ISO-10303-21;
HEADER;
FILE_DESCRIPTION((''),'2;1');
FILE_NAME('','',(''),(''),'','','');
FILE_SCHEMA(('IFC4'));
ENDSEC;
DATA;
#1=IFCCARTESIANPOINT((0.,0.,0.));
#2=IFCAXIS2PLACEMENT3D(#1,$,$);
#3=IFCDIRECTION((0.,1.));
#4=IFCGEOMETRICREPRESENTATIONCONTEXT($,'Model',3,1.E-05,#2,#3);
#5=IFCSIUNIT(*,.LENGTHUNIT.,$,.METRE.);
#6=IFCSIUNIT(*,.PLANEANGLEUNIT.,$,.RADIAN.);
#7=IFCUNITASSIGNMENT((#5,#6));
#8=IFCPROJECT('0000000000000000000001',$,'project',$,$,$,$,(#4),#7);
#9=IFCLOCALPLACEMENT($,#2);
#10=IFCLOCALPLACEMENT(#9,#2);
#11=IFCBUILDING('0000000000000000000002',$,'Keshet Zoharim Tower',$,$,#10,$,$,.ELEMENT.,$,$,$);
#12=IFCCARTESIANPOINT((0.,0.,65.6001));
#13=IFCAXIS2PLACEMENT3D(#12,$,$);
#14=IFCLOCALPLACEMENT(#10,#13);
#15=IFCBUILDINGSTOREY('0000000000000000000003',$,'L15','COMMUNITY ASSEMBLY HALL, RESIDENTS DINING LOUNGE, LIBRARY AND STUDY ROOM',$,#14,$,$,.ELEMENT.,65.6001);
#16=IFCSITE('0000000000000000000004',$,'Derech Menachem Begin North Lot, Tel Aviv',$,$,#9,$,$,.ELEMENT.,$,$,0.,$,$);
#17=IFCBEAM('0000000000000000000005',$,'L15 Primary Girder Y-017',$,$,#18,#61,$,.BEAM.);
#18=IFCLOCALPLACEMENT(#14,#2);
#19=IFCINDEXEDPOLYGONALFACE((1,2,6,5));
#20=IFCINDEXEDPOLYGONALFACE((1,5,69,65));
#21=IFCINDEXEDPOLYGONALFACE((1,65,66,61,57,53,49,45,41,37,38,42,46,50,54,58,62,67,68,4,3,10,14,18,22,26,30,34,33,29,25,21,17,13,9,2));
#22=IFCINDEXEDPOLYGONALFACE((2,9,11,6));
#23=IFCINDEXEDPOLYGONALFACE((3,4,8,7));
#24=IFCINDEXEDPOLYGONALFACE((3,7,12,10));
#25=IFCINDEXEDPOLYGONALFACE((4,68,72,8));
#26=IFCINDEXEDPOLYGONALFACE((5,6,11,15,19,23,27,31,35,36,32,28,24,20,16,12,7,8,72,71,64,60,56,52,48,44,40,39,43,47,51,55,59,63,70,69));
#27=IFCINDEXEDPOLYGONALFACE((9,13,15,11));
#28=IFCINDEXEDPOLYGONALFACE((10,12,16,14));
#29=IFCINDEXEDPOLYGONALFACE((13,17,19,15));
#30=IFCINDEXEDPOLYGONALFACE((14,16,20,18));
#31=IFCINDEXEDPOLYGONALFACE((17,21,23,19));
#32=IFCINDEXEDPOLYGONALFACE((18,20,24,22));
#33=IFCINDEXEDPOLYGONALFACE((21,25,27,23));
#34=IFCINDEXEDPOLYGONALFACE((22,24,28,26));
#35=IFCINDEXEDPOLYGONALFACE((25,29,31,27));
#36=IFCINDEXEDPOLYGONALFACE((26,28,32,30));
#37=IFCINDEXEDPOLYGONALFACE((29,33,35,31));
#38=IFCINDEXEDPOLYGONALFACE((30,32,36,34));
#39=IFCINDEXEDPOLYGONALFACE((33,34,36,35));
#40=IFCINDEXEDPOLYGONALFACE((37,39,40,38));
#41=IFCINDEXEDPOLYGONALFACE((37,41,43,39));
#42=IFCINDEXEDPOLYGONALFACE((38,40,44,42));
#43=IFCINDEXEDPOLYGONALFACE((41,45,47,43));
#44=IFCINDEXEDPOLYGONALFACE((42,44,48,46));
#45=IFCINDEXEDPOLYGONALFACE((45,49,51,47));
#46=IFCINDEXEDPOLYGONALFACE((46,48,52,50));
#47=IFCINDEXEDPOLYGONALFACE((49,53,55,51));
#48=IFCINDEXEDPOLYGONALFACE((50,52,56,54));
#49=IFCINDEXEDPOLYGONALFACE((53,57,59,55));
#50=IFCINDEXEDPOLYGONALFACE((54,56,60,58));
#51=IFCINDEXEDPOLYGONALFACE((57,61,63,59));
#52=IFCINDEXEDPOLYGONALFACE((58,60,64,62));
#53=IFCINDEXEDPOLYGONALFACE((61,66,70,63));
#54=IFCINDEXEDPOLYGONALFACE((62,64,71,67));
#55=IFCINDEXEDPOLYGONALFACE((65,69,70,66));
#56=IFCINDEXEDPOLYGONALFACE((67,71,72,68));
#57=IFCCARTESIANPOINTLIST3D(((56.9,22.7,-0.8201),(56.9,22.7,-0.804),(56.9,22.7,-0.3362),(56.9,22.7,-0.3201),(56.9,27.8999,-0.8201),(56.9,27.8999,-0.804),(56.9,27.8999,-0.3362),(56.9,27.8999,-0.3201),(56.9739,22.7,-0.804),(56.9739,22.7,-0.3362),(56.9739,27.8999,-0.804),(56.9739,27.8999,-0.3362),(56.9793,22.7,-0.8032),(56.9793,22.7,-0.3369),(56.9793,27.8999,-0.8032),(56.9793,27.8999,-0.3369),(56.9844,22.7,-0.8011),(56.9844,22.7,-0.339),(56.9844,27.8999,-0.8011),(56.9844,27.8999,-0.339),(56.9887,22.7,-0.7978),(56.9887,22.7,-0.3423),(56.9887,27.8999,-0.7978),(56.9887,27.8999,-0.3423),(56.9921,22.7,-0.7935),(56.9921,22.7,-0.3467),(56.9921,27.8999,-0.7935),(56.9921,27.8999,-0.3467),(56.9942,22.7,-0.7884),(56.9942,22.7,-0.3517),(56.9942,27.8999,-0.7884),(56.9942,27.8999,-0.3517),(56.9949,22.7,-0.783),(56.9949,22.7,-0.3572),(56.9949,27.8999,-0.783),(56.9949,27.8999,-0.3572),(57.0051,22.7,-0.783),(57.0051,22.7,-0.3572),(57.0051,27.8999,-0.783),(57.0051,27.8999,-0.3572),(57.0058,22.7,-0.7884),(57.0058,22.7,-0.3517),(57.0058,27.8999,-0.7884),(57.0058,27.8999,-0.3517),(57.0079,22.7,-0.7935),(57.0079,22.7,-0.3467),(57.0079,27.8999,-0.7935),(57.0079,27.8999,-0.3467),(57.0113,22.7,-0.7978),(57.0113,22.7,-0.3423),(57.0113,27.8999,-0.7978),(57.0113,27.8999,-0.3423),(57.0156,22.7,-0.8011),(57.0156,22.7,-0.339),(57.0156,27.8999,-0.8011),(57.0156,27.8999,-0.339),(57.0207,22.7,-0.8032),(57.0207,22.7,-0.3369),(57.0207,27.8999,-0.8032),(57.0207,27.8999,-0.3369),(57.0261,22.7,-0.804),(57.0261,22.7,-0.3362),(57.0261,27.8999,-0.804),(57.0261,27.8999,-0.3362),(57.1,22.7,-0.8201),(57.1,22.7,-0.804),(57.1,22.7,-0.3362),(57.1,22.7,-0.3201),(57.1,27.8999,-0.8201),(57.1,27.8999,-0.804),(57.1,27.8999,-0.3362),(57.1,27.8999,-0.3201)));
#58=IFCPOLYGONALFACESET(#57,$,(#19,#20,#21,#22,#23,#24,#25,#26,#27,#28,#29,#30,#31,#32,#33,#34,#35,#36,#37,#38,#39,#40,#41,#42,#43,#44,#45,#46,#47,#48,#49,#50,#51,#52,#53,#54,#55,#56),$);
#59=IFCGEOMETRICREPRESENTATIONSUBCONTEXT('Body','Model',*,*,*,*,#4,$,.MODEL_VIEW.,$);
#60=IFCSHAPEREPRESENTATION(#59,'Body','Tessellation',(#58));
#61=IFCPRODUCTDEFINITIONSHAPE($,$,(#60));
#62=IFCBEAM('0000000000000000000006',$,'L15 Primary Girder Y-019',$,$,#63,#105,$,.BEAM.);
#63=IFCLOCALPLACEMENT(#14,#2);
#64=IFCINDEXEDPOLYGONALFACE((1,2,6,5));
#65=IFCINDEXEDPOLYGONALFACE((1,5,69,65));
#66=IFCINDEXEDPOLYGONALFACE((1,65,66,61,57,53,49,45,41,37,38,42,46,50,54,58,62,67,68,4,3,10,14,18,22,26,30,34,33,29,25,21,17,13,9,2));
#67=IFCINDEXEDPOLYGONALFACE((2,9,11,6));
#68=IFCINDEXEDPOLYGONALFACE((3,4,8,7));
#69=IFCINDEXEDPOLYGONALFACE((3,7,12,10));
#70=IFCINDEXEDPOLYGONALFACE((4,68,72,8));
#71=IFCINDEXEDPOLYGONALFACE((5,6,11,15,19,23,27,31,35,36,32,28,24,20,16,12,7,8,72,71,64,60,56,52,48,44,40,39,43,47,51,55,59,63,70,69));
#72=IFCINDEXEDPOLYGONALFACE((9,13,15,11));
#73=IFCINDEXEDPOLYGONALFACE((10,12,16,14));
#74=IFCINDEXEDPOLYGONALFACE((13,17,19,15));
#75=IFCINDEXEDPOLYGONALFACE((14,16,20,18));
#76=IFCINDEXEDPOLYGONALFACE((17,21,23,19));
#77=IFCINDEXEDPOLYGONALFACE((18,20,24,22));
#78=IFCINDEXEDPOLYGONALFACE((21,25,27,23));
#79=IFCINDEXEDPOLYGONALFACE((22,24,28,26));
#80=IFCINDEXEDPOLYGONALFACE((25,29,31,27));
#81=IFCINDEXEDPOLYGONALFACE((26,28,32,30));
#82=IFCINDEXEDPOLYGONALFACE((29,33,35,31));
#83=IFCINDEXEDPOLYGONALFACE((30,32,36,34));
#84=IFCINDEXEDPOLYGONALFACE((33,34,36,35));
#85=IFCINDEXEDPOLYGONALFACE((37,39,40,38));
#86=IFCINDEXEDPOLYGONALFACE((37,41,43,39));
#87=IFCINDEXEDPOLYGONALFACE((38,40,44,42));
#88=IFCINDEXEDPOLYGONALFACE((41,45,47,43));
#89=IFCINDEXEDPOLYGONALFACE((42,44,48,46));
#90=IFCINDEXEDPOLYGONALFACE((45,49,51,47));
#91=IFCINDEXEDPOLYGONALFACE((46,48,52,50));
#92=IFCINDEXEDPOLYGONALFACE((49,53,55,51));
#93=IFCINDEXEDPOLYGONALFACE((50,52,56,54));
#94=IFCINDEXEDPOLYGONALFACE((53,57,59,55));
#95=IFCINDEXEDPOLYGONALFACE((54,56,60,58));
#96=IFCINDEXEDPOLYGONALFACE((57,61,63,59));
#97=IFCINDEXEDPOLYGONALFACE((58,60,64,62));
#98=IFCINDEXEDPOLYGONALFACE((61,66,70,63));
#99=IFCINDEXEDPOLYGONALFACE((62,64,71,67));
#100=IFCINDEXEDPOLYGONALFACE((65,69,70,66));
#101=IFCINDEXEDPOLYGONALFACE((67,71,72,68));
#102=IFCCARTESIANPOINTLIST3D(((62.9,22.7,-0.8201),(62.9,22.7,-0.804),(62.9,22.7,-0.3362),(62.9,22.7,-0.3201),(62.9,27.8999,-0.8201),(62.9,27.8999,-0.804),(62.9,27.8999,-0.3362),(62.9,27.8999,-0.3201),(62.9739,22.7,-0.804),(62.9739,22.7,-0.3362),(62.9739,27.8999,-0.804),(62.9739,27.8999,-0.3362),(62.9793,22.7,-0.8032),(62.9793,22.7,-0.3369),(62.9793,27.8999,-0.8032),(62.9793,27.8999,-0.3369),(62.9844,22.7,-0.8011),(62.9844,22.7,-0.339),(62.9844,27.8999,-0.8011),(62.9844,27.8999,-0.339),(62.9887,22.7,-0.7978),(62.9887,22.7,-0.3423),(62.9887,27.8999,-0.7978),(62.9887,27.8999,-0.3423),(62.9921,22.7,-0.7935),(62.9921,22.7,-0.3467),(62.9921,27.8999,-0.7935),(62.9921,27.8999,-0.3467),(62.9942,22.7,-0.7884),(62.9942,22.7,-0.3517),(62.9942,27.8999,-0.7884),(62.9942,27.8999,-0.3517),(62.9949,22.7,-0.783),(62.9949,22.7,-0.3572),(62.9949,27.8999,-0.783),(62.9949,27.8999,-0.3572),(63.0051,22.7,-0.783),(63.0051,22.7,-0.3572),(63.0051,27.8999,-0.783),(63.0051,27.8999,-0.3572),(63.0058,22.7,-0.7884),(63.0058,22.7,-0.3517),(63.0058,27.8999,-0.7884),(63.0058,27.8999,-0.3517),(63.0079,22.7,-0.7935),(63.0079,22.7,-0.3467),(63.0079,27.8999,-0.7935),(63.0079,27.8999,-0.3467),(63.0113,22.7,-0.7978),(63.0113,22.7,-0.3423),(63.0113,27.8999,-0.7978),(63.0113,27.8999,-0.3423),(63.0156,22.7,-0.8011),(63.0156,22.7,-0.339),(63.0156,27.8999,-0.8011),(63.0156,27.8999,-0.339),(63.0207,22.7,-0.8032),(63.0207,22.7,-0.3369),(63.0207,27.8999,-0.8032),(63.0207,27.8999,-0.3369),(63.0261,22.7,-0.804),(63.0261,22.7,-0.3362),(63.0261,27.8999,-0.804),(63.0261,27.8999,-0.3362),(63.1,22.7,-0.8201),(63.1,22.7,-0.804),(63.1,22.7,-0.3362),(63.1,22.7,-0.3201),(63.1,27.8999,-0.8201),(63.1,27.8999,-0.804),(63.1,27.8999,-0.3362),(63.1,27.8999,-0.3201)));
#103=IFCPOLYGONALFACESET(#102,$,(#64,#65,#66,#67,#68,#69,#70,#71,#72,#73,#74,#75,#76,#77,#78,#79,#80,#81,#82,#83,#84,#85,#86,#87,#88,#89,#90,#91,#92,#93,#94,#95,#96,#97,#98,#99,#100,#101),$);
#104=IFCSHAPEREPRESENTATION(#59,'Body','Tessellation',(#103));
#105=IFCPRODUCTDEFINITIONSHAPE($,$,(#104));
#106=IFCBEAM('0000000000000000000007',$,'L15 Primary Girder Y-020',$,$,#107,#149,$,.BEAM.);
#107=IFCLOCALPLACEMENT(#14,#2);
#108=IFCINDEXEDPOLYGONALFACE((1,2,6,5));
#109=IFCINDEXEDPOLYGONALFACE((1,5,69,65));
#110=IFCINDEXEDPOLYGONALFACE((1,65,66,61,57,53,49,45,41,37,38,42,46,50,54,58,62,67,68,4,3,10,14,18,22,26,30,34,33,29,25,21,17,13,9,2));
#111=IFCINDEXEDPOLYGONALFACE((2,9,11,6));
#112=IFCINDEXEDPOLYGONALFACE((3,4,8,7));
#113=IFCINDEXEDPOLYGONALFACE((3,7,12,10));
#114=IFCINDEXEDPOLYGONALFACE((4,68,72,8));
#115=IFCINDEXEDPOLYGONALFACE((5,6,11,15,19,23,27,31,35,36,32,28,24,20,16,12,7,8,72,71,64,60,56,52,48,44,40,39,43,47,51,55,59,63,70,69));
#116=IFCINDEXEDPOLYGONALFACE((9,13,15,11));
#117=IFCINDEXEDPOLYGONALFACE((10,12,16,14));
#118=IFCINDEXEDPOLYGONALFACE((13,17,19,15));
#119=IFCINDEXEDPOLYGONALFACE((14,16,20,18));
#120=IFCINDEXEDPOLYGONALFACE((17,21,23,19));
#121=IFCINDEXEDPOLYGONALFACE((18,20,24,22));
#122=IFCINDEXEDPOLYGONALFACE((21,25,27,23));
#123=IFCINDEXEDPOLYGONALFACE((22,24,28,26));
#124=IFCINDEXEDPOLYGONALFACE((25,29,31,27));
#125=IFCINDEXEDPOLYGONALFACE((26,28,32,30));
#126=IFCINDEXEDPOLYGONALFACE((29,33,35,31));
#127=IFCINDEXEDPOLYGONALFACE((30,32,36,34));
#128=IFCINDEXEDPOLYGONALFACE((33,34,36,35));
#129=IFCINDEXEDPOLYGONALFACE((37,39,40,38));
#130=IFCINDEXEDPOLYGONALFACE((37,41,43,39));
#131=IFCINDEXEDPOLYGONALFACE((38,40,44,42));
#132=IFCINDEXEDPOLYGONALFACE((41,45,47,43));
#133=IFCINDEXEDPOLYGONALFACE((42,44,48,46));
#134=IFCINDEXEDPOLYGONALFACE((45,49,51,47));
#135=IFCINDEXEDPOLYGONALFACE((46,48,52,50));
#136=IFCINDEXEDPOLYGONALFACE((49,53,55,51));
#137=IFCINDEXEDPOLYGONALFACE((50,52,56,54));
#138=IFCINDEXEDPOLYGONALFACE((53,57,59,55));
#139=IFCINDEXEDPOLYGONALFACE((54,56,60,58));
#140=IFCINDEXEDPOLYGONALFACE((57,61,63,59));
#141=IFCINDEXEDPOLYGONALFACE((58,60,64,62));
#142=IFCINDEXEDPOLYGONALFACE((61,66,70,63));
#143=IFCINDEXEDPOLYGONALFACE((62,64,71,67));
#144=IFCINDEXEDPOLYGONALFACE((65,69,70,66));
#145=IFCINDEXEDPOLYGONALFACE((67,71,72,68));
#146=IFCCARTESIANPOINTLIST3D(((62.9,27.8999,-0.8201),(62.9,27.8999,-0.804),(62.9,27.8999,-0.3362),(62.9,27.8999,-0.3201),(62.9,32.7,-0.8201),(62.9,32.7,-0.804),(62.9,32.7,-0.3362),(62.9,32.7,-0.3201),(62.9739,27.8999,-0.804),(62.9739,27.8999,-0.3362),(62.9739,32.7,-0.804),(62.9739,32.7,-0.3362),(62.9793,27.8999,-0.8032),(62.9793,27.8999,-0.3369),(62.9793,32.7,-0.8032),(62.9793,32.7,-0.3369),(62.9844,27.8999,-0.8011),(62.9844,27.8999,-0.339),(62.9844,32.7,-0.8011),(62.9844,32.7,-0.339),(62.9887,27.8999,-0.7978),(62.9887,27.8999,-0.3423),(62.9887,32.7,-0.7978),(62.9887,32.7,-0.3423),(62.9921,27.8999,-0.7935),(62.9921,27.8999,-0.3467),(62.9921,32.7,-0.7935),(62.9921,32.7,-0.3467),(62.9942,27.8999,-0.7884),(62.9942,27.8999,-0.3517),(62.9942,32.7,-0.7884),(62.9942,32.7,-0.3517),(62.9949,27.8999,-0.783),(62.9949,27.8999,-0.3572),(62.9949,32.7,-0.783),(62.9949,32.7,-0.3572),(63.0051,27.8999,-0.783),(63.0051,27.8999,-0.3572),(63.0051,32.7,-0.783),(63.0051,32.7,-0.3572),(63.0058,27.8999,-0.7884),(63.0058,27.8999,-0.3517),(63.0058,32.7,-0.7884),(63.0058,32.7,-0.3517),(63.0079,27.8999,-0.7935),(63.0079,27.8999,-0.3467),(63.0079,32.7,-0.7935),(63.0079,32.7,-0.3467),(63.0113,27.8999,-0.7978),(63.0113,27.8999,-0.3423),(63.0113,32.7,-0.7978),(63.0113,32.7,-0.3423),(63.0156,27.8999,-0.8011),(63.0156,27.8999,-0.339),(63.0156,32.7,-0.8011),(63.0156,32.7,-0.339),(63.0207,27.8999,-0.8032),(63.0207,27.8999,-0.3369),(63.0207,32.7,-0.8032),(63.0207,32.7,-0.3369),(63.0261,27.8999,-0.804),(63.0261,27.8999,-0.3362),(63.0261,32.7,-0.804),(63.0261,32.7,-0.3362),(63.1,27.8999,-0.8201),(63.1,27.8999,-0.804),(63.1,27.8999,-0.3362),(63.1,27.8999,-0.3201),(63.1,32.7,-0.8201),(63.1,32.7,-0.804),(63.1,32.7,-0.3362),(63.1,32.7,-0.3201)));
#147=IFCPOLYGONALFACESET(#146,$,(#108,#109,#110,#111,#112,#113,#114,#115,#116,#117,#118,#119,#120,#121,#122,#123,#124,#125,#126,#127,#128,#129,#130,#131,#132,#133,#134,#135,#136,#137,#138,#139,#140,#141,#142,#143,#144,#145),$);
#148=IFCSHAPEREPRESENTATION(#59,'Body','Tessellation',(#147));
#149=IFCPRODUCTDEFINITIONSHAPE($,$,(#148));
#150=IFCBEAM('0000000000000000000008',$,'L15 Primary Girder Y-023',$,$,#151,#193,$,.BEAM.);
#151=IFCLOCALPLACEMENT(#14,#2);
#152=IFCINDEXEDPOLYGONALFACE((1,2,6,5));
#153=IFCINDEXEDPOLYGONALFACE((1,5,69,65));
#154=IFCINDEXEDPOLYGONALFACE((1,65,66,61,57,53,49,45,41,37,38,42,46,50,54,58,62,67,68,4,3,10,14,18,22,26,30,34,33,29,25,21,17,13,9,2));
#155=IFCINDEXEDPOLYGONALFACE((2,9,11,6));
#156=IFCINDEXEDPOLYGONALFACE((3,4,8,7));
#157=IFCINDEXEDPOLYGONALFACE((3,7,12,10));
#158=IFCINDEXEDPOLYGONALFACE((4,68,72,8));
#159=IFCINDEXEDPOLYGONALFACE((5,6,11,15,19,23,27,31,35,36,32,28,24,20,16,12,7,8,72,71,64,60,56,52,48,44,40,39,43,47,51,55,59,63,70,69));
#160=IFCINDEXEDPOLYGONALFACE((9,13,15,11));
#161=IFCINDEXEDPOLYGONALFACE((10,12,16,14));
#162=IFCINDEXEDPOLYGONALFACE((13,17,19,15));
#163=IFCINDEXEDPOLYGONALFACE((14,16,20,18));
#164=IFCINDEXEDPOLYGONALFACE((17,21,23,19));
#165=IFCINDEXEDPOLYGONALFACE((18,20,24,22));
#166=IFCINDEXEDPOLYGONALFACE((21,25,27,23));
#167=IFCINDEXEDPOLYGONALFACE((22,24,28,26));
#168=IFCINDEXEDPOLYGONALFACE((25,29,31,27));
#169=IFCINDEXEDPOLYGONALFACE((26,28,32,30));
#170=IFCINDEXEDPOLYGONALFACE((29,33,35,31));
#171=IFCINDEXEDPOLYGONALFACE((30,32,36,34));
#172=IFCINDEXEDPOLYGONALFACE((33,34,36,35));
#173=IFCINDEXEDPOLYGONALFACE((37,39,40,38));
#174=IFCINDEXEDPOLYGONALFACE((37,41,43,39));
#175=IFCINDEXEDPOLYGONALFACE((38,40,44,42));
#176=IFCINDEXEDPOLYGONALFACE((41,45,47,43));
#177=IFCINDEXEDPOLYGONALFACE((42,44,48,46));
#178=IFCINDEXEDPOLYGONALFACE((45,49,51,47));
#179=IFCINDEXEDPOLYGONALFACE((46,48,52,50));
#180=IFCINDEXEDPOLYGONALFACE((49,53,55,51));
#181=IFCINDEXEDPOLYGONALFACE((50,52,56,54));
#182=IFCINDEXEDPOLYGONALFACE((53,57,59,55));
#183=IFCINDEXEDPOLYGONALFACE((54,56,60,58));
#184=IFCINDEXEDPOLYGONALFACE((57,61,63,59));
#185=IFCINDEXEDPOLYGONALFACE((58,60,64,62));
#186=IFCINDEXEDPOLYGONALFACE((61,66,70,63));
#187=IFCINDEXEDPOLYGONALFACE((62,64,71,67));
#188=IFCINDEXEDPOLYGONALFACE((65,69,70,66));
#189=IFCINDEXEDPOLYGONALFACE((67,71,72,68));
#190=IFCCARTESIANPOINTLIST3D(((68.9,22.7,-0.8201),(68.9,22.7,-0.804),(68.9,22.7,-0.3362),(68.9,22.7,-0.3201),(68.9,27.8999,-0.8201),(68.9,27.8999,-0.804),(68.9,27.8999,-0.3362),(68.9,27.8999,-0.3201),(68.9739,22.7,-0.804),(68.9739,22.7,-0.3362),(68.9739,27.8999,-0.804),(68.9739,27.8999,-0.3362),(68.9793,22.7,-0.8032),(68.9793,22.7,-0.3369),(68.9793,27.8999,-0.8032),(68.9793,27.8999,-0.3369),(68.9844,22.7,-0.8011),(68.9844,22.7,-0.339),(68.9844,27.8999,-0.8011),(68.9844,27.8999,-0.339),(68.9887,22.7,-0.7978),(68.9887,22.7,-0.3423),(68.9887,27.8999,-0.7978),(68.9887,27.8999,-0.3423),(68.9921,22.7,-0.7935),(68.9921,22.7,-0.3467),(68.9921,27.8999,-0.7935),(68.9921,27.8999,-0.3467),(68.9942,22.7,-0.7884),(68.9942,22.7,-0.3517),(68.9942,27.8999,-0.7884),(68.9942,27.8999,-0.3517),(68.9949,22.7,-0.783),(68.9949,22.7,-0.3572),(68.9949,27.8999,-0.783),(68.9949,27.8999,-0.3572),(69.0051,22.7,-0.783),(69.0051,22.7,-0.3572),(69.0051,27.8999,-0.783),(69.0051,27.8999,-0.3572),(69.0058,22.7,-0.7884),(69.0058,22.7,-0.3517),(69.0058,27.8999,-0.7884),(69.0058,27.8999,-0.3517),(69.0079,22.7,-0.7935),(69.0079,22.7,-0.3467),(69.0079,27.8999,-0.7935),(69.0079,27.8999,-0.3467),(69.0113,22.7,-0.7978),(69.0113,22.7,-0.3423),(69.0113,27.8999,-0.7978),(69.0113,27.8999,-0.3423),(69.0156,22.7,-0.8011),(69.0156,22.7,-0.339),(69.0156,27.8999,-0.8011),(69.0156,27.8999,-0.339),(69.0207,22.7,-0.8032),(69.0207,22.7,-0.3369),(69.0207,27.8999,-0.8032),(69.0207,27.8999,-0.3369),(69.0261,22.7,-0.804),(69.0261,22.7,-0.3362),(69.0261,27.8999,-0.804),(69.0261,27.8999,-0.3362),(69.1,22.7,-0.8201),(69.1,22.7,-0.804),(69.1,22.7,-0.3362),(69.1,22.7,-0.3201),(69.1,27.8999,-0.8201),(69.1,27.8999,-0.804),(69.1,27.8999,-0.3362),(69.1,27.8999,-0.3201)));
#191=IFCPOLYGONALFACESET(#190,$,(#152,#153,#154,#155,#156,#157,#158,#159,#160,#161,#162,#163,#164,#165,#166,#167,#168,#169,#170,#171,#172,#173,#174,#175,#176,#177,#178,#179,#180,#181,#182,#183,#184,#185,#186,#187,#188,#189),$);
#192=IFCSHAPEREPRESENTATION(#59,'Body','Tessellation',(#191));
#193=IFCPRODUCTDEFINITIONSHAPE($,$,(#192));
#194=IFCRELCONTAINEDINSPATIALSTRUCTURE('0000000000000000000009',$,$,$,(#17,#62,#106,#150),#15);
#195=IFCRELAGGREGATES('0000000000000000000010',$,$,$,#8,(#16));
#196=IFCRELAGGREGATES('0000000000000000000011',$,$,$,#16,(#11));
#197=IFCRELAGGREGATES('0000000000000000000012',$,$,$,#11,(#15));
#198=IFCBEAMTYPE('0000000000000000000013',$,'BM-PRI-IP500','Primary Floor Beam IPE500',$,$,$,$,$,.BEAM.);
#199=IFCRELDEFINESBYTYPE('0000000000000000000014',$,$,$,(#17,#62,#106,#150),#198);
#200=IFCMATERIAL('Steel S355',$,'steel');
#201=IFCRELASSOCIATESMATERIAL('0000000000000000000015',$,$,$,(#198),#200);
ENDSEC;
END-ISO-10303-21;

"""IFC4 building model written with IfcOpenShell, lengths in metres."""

from ifc_helpers import new_model, si_unit, direction, frame, origin, origin_2d, place, context, subcontext, project, spatial, i_section, extrude, material, material_profile, profile_set, type_object, element, save


model = new_model("IFC4")

# Units and contexts
model_context = context("Model", 3, precision=1e-05, world=origin(), true_north=direction((0.0, 1.0)))
body_context = subcontext(model_context, "Body", "Model", "MODEL_VIEW")
ifc_project = project(units=[si_unit("LENGTHUNIT", "METRE"), si_unit("PLANEANGLEUNIT", "RADIAN")], contexts=[model_context])

# Site, building, storey
site_placement = place(None, origin())
site = spatial("IfcSite", under=ifc_project, at=site_placement, Name="Derech Menachem Begin North Lot, Tel Aviv", CompositionType="ELEMENT", RefElevation=0.0)
building_placement = place(site_placement, origin())
building = spatial("IfcBuilding", under=site, at=building_placement, Name="Keshet Zoharim Tower", CompositionType="ELEMENT")
storey_placement = place(building_placement, frame((0.0, 0.0, 65.6001)))
storey = spatial("IfcBuildingStorey", under=building, at=storey_placement, Name="L15", Description="COMMUNITY ASSEMBLY HALL, RESIDENTS DINING LOUNGE, LIBRARY AND STUDY ROOM", CompositionType="ELEMENT", Elevation=65.6001)

# Shared definitions
ifc_material_1 = material(Name="Steel S355", Category="steel")

# Beams
ifc_material_profile_1 = material_profile(ifc_material_1, i_section(OverallWidth=0.2, OverallDepth=0.5, WebThickness=0.0103, FlangeThickness=0.0161, FilletRadius=0.021, at=origin_2d()), Name="IPE500")
ifc_profile_set_1 = profile_set([ifc_material_profile_1], Name="Steel S355")
beam_type_1 = type_object("IfcBeamType", Name="BM-PRI-IP500", Description="Primary Floor Beam IPE500", PredefinedType="BEAM", material=ifc_profile_set_1)
for number, where, z_axis, x_axis, name in (
    (1, (57.0, 22.7, -0.5701), (0.0, 1.0, 0.0), (-1.0, 0.0, 0.0), "L15 Primary Girder Y-017"),
    (2, (63.0, 22.7, -0.5701), (0.0, 1.0, 0.0), (-1.0, 0.0, 0.0), "L15 Primary Girder Y-019"),
):
    element("IfcBeam", number, at=place(storey_placement, frame(where, z_axis=z_axis, x_axis=x_axis)), inside=storey, type_object=beam_type_1, Name=name, PredefinedType="BEAM", context=body_context, shape_type="SweptSolid", body=[
        extrude(i_section(OverallWidth=0.2, OverallDepth=0.5, WebThickness=0.0103, FlangeThickness=0.0161, FilletRadius=0.021, at=origin_2d()), origin(), (0.0, 0.0, 1.0), 5.2),
    ])
beam_1_placement = place(storey_placement, frame((63.0, 27.8999, -0.5701), z_axis=(0.0, 1.0, 0.0), x_axis=(-1.0, 0.0, 0.0)))
element("IfcBeam", 3, at=beam_1_placement, inside=storey, type_object=beam_type_1, Name="L15 Primary Girder Y-020", PredefinedType="BEAM", context=body_context, shape_type="SweptSolid", body=[
    extrude(i_section(OverallWidth=0.2, OverallDepth=0.5, WebThickness=0.0103, FlangeThickness=0.0161, FilletRadius=0.021, at=origin_2d()), origin(), (0.0, 0.0, 1.0), 4.8),
])
beam_2_placement = place(storey_placement, frame((69.0, 22.7, -0.5701), z_axis=(0.0, 1.0, 0.0), x_axis=(-1.0, 0.0, 0.0)))
element("IfcBeam", 4, at=beam_2_placement, inside=storey, type_object=beam_type_1, Name="L15 Primary Girder Y-023", PredefinedType="BEAM", context=body_context, shape_type="SweptSolid", body=[
    extrude(i_section(OverallWidth=0.2, OverallDepth=0.5, WebThickness=0.0103, FlangeThickness=0.0161, FilletRadius=0.021, at=origin_2d()), origin(), (0.0, 0.0, 1.0), 5.2),
])

save(model, "model.ifc")
